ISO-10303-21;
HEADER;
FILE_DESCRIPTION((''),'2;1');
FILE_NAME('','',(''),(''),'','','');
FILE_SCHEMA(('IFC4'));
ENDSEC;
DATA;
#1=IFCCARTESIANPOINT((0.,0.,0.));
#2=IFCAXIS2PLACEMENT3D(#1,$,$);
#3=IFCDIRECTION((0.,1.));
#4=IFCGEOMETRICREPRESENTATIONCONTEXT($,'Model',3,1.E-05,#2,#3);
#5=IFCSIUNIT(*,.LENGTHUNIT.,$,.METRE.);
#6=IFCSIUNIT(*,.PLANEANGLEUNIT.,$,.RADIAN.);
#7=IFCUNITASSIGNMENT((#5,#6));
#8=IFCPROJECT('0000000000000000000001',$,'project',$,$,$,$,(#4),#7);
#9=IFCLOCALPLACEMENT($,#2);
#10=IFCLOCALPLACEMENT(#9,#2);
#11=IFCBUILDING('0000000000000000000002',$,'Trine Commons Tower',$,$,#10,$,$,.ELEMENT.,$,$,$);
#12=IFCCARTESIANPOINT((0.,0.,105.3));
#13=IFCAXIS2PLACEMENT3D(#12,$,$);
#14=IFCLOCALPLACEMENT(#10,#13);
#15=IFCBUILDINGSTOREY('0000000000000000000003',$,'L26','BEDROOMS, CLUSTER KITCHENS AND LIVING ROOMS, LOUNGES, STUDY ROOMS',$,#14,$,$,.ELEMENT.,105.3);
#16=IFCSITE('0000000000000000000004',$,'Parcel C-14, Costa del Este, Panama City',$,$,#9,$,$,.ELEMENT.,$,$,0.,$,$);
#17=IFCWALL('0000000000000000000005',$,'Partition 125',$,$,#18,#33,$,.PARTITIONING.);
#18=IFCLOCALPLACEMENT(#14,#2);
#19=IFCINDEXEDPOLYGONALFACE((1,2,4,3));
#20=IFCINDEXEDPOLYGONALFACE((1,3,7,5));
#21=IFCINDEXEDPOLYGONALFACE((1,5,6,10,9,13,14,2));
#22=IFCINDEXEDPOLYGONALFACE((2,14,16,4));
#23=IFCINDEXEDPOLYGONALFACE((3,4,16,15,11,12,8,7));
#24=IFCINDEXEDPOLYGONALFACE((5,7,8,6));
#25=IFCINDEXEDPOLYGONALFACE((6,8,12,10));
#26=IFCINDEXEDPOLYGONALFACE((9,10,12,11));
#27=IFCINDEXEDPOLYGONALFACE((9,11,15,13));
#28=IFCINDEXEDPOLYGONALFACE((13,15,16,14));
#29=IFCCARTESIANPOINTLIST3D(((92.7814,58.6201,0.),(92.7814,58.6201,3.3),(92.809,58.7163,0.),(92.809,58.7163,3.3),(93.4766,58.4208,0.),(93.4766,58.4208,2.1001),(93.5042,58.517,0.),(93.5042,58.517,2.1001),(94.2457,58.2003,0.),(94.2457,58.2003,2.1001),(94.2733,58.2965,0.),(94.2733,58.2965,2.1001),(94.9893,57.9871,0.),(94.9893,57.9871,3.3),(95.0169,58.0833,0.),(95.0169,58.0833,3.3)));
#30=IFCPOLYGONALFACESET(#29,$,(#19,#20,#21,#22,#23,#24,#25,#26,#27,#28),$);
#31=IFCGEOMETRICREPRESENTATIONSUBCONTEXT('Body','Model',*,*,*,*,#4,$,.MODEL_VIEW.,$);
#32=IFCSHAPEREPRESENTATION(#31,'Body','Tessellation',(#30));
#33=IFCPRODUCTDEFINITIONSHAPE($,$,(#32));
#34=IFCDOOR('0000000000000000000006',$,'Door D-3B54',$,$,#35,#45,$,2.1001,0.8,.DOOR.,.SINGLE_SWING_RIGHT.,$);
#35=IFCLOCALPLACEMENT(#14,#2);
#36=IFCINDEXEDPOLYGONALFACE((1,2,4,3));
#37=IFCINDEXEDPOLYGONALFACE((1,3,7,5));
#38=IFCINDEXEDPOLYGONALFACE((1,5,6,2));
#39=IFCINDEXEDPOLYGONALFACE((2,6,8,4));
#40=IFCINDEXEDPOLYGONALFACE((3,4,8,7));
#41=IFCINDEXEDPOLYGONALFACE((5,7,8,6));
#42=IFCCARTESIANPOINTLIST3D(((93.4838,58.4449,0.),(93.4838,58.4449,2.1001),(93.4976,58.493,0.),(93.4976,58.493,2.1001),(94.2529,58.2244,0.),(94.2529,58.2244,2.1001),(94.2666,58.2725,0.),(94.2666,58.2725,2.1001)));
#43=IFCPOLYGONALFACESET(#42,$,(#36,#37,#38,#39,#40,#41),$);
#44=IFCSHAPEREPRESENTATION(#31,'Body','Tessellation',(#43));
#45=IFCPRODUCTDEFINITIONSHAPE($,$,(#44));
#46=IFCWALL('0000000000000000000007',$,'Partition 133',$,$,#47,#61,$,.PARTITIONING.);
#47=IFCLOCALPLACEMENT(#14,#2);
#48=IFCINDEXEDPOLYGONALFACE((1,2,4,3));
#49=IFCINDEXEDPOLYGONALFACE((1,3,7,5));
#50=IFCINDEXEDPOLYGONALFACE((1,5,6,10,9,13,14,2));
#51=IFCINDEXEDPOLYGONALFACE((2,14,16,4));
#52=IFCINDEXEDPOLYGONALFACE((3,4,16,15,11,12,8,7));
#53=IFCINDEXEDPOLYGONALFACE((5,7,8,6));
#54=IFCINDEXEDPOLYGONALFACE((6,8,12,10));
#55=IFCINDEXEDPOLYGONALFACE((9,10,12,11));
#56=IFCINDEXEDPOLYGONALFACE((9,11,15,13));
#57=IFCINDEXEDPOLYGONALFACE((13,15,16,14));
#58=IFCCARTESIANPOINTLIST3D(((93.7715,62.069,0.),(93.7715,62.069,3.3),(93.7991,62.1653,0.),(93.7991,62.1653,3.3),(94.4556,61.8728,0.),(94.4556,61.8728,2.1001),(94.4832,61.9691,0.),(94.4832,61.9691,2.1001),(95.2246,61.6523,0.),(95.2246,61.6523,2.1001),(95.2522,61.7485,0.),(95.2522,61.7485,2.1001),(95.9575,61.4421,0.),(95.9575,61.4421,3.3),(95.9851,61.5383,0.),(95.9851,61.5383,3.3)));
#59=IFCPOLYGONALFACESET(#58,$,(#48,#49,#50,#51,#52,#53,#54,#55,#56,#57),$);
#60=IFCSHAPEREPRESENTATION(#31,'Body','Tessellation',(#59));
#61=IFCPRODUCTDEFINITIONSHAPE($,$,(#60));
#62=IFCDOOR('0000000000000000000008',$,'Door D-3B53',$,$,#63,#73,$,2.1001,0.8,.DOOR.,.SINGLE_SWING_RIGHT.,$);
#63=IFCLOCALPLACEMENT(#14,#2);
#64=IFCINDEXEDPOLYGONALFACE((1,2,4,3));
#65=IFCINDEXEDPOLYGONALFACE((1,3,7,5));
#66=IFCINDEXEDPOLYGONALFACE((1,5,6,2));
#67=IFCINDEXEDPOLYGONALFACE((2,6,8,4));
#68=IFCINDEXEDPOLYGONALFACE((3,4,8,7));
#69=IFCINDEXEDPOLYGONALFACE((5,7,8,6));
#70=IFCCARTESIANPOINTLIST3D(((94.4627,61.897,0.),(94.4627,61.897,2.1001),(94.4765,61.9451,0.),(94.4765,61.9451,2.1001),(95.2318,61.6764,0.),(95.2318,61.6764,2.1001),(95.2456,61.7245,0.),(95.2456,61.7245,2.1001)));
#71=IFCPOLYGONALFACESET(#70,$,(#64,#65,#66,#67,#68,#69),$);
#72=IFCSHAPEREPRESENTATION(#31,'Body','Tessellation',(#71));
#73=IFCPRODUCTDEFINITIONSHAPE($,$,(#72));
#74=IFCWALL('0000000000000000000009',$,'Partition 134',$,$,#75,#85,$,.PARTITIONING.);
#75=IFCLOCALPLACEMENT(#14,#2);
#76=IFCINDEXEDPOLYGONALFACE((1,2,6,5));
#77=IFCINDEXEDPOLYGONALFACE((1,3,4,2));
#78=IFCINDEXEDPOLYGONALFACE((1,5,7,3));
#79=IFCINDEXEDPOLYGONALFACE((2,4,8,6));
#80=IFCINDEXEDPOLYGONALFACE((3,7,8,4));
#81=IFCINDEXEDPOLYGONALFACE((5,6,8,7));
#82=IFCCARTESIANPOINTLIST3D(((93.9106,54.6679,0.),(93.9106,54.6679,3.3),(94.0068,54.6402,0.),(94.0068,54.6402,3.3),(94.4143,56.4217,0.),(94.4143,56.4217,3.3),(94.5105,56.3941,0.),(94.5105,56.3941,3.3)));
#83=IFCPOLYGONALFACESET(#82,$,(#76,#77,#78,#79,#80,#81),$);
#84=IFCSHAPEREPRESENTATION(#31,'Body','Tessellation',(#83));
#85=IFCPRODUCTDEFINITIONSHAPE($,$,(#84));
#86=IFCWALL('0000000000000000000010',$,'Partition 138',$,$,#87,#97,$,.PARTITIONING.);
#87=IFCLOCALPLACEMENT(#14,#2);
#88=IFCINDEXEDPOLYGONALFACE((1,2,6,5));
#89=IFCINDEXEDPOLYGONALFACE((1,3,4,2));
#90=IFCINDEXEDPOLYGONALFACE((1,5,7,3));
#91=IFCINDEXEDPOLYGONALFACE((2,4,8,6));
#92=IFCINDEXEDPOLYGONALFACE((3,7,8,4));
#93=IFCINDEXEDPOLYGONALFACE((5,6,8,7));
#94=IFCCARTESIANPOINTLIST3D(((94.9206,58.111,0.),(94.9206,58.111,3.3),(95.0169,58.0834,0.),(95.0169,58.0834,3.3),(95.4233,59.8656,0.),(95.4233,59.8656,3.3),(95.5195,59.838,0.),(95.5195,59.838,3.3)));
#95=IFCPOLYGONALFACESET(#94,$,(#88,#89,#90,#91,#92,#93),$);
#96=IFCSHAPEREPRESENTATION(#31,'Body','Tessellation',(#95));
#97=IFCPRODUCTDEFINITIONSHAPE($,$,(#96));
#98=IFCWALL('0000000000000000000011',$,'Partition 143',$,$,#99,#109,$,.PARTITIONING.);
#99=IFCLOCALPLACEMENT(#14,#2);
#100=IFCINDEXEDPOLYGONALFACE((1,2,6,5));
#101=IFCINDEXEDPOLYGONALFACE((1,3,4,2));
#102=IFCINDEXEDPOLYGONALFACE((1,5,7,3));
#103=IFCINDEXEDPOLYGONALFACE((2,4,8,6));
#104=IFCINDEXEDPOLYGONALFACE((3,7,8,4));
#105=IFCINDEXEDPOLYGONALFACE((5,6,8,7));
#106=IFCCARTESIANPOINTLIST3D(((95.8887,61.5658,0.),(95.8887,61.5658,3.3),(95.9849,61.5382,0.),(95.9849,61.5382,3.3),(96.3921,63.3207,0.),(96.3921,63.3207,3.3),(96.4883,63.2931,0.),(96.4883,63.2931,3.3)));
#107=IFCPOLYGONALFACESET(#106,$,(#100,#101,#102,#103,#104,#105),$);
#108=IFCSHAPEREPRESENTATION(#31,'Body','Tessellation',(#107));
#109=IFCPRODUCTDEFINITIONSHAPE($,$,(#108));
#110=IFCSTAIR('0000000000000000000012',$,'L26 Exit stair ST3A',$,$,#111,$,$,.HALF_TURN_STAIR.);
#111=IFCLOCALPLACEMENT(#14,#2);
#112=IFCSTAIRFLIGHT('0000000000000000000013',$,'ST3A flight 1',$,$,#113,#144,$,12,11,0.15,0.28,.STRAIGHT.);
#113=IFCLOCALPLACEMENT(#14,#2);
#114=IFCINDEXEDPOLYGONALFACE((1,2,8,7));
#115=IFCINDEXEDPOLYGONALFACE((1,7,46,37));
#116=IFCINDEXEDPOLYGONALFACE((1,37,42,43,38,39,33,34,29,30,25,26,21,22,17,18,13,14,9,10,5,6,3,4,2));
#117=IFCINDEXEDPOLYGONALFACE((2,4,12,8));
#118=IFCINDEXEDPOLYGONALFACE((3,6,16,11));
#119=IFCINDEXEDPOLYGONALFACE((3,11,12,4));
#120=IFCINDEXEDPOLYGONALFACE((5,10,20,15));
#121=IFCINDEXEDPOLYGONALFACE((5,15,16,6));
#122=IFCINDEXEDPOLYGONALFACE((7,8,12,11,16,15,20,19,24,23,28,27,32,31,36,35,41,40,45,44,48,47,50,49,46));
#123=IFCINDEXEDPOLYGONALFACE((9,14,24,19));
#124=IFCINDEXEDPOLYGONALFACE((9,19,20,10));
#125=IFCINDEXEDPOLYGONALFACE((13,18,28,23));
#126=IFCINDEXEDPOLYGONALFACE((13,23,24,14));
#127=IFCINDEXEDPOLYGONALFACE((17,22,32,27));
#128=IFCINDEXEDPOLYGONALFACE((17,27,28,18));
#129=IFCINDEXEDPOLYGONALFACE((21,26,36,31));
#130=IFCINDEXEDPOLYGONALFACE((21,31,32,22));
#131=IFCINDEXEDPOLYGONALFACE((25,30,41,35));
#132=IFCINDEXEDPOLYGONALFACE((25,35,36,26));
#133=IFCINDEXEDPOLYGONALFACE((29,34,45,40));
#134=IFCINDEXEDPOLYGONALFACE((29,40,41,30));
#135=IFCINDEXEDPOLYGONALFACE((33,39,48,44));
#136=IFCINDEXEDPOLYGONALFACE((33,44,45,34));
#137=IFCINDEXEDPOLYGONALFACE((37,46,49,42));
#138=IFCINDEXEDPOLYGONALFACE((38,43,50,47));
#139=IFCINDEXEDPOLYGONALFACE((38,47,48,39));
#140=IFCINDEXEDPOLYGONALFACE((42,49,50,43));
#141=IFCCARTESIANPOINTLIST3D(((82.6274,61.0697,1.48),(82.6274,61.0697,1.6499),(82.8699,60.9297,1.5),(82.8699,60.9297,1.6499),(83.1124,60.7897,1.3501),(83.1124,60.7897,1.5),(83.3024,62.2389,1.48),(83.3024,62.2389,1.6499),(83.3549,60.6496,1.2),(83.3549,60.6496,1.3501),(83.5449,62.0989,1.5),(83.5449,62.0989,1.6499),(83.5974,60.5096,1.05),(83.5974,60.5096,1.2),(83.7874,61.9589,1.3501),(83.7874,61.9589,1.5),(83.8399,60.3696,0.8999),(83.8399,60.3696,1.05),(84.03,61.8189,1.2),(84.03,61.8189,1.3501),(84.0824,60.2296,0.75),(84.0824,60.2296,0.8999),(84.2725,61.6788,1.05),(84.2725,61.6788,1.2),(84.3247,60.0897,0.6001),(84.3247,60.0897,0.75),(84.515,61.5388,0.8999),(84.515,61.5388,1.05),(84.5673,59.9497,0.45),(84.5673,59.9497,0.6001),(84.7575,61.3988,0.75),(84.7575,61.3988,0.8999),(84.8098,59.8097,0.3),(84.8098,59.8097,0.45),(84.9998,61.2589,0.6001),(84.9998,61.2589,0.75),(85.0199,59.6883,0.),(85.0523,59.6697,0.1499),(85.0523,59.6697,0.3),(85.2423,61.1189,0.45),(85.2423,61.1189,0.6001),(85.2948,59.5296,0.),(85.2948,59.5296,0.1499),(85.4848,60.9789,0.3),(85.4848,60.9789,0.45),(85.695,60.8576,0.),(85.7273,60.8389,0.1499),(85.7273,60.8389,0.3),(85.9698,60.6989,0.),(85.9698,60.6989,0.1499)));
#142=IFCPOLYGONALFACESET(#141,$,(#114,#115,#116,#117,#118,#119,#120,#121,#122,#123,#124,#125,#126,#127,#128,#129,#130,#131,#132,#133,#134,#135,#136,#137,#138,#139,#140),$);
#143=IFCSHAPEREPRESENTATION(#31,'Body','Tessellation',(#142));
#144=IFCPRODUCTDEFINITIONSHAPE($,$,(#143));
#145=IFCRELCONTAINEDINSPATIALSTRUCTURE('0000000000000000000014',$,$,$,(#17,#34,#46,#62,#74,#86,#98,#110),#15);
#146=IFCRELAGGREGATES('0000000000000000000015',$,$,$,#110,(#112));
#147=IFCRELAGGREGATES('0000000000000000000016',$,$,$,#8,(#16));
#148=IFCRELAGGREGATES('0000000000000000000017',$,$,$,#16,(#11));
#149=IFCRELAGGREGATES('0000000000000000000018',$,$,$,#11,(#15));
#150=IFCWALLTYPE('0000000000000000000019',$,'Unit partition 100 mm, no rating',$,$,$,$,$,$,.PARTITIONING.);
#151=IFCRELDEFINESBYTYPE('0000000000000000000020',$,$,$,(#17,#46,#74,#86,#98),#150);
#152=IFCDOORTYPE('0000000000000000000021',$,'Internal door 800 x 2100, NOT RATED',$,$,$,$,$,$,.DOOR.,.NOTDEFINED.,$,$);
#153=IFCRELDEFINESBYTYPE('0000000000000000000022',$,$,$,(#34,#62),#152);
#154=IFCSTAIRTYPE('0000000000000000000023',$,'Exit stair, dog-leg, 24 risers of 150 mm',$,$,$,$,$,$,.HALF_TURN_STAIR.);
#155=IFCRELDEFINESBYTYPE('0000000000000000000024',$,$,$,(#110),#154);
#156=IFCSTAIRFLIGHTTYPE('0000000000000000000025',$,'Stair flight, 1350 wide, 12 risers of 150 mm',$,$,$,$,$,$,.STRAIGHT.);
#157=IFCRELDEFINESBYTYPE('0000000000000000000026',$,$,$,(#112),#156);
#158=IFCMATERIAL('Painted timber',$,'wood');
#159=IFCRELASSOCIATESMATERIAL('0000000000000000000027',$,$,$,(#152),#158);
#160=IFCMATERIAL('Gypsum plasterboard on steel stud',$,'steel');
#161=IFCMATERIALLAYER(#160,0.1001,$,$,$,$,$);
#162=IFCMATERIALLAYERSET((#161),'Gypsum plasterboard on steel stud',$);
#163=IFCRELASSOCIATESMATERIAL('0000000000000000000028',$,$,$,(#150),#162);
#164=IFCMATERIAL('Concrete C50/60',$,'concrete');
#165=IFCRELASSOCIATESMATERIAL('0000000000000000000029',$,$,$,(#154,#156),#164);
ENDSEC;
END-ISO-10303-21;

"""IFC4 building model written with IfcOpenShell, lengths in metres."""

from ifc_helpers import new_model, si_unit, direction, frame, frame_2d, origin, place, context, subcontext, project, spatial, polyline, rectangle, outline, extrude, material, layer, layer_set, type_object, element, fill, aggregate, save


model = new_model("IFC4")

# Units and contexts
model_context = context("Model", 3, precision=1e-05, world=origin(), true_north=direction((0.0, 1.0)))
body_context = subcontext(model_context, "Body", "Model", "MODEL_VIEW")
ifc_project = project(units=[si_unit("LENGTHUNIT", "METRE"), si_unit("PLANEANGLEUNIT", "RADIAN")], contexts=[model_context])

# Site, building, storey
site_placement = place(None, origin())
site = spatial("IfcSite", under=ifc_project, at=site_placement, Name="Parcel C-14, Costa del Este, Panama City", CompositionType="ELEMENT", RefElevation=0.0)
building_placement = place(site_placement, origin())
building = spatial("IfcBuilding", under=site, at=building_placement, Name="Trine Commons Tower", CompositionType="ELEMENT")
storey_placement = place(building_placement, frame((0.0, 0.0, 105.3)))
storey = spatial("IfcBuildingStorey", under=building, at=storey_placement, Name="L26", Description="BEDROOMS, CLUSTER KITCHENS AND LIVING ROOMS, LOUNGES, STUDY ROOMS", CompositionType="ELEMENT", Elevation=105.3)

# Shared definitions
ifc_material_1 = material(Name="Concrete C50/60", Category="concrete")

# Shared definitions
ifc_material_2 = material(Name="Gypsum plasterboard on steel stud", Category="steel")

# Shared definitions
ifc_material_3 = material(Name="Painted timber", Category="wood")
door_type_1 = type_object("IfcDoorType", Name="Internal door 800 x 2100, NOT RATED", OperationType="NOTDEFINED", PredefinedType="DOOR", material=ifc_material_3)

# Shared definitions
ifc_layer_1 = layer(ifc_material_2, 0.1001)
ifc_layer_set_1 = layer_set([ifc_layer_1], Name="Gypsum plasterboard on steel stud")
wall_type_1 = type_object("IfcWallType", Name="Unit partition 100 mm, no rating", PredefinedType="PARTITIONING", material=ifc_layer_set_1)

# Walls, openings, doors
wall_1_placement = place(storey_placement, frame((92.7952, 58.6682, 0.0), z_axis=(0.0, 0.0, 1.0), x_axis=(0.961271, -0.275605, 0.0)))
wall_1 = element("IfcWall", 1, at=wall_1_placement, inside=storey, type_object=wall_type_1, Name="Partition 125", PredefinedType="PARTITIONING", context=body_context, shape_type="SweptSolid", body=[
    extrude(rectangle(XDim=2.2969, YDim=0.1001, at=frame_2d((1.1484, 0.0))), origin(), (0.0, 0.0, 1.0), 3.3),
])
opening_1_placement = place(wall_1_placement, frame((0.7234, 0.0, 0.0)))
opening_1 = element("IfcOpeningElement", 2, at=opening_1_placement, cuts=wall_1, PredefinedType="OPENING", context=body_context, shape_type="SweptSolid", body=[
    extrude(rectangle(XDim=0.8, YDim=2.1001, at=frame_2d((0.3999, 1.05))), frame((0.0, 0.0601, 0.0), z_axis=(0.0, -1.0, 0.0), x_axis=(1.0, 0.0, 0.0)), (0.0, 0.0, 1.0), 0.1201),
])
door_1_placement = place(opening_1_placement, frame((0.8, 0.0, 0.0), z_axis=(0.0, 0.0, 1.0), x_axis=(-1.0, 0.0, 0.0)))
door_1 = element("IfcDoor", 3, at=door_1_placement, inside=storey, type_object=door_type_1, Name="Door D-3B54", OperationType="SINGLE_SWING_RIGHT", OverallHeight=2.1001, OverallWidth=0.8, PredefinedType="DOOR", context=body_context, shape_type="SweptSolid", body=[
    extrude(rectangle(XDim=0.8, YDim=2.1001, at=frame_2d((0.3999, 1.05))), frame((0.0, 0.0249, 0.0), z_axis=(0.0, -1.0, 0.0), x_axis=(1.0, 0.0, 0.0)), (0.0, 0.0, 1.0), 0.05),
])
fill(opening_1, door_1)
wall_2_placement = place(storey_placement, frame((93.7852, 62.1172, 0.0), z_axis=(0.0, 0.0, 1.0), x_axis=(0.961248, -0.275685, 0.0)))
wall_2 = element("IfcWall", 4, at=wall_2_placement, inside=storey, type_object=wall_type_1, Name="Partition 133", PredefinedType="PARTITIONING", context=body_context, shape_type="SweptSolid", body=[
    extrude(rectangle(XDim=2.2742, YDim=0.1001, at=frame_2d((1.1372, 0.0))), origin(), (0.0, 0.0, 1.0), 3.3),
])
opening_2_placement = place(wall_2_placement, frame((0.7119, 0.0, 0.0)))
opening_2 = element("IfcOpeningElement", 5, at=opening_2_placement, cuts=wall_2, PredefinedType="OPENING", context=body_context, shape_type="SweptSolid", body=[
    extrude(rectangle(XDim=0.8, YDim=2.1001, at=frame_2d((0.3999, 1.05))), frame((0.0, 0.0601, 0.0), z_axis=(0.0, -1.0, 0.0), x_axis=(1.0, 0.0, 0.0)), (0.0, 0.0, 1.0), 0.1201),
])
door_2_placement = place(opening_2_placement, frame((0.8, 0.0, 0.0), z_axis=(0.0, 0.0, 1.0), x_axis=(-1.0, 0.0, 0.0)))
door_2 = element("IfcDoor", 6, at=door_2_placement, inside=storey, type_object=door_type_1, Name="Door D-3B53", OperationType="SINGLE_SWING_RIGHT", OverallHeight=2.1001, OverallWidth=0.8, PredefinedType="DOOR", context=body_context, shape_type="SweptSolid", body=[
    extrude(rectangle(XDim=0.8, YDim=2.1001, at=frame_2d((0.3999, 1.05))), frame((0.0, 0.0249, 0.0), z_axis=(0.0, -1.0, 0.0), x_axis=(1.0, 0.0, 0.0)), (0.0, 0.0, 1.0), 0.05),
])
fill(opening_2, door_2)

# Walls
wall_3_placement = place(storey_placement, frame((93.9587, 54.6541, 0.0), z_axis=(0.0, 0.0, 1.0), x_axis=(0.276011, 0.961155, 0.0)))
element("IfcWall", 7, at=wall_3_placement, inside=storey, type_object=wall_type_1, Name="Partition 134", PredefinedType="PARTITIONING", context=body_context, shape_type="SweptSolid", body=[
    extrude(rectangle(XDim=1.8247, YDim=0.1001, at=frame_2d((0.9124, 0.0))), origin(), (0.0, 0.0, 1.0), 3.3),
])
wall_4_placement = place(storey_placement, frame((94.9688, 58.0972, 0.0), z_axis=(0.0, 0.0, 1.0), x_axis=(0.27541, 0.961327, 0.0)))
element("IfcWall", 8, at=wall_4_placement, inside=storey, type_object=wall_type_1, Name="Partition 138", PredefinedType="PARTITIONING", context=body_context, shape_type="SweptSolid", body=[
    extrude(rectangle(XDim=1.8252, YDim=0.1001, at=frame_2d((0.9126, 0.0))), origin(), (0.0, 0.0, 1.0), 3.3),
])
wall_5_placement = place(storey_placement, frame((95.9368, 61.552, 0.0), z_axis=(0.0, 0.0, 1.0), x_axis=(0.275745, 0.961231, 0.0)))
element("IfcWall", 9, at=wall_5_placement, inside=storey, type_object=wall_type_1, Name="Partition 143", PredefinedType="PARTITIONING", context=body_context, shape_type="SweptSolid", body=[
    extrude(rectangle(XDim=1.8257, YDim=0.1001, at=frame_2d((0.9128, 0.0))), origin(), (0.0, 0.0, 1.0), 3.3),
])

# Stair, stair flight
stair_type = type_object("IfcStairType", Name="Exit stair, dog-leg, 24 risers of 150 mm", PredefinedType="HALF_TURN_STAIR", material=ifc_material_1)
stair_placement = place(storey_placement, origin())
stair = element("IfcStair", 10, at=stair_placement, inside=storey, type_object=stair_type, Name="L26 Exit stair ST3A", PredefinedType="HALF_TURN_STAIR")
stair_flight_type = type_object("IfcStairFlightType", Name="Stair flight, 1350 wide, 12 risers of 150 mm", PredefinedType="STRAIGHT", material=ifc_material_1)
stair_flight_placement = place(storey_placement, frame((85.6323, 60.1143, 0.0), z_axis=(0.0, 0.0, 1.0), x_axis=(-0.866025, 0.5, 0.0)))
stair_flight = element("IfcStairFlight", 11, at=stair_flight_placement, type_object=stair_flight_type, Name="ST3A flight 1", NumberOfRisers=12, NumberOfTreads=11, PredefinedType="STRAIGHT", RiserHeight=0.15, TreadLength=0.28, context=body_context, shape_type="SweptSolid", body=[
    extrude(outline(polyline([(0.0, 0.0), (0.0, 0.1499), (0.28, 0.1499), (0.28, 0.3), (0.5601, 0.3), (0.5601, 0.45), (0.8401, 0.45), (0.8401, 0.6001), (1.1201, 0.6001), (1.1201, 0.75), (1.3999, 0.75), (1.3999, 0.8999), (1.6799, 0.8999), (1.6799, 1.05), (1.96, 1.05), (1.96, 1.2), (2.24, 1.2), (2.24, 1.3501), (2.52, 1.3501), (2.52, 1.5), (2.8, 1.5), (2.8, 1.6499), (3.0801, 1.6499), (3.0801, 1.8), (3.0801, 1.48), (0.3174, 0.0), (0.0, 0.0)])), frame((0.0, 0.675, 0.0), z_axis=(0.0, -1.0, 0.0), x_axis=(1.0, 0.0, 0.0)), (0.0, 0.0, 1.0), 1.3501),
])
aggregate(stair, [stair_flight])

save(model, "model.ifc")
